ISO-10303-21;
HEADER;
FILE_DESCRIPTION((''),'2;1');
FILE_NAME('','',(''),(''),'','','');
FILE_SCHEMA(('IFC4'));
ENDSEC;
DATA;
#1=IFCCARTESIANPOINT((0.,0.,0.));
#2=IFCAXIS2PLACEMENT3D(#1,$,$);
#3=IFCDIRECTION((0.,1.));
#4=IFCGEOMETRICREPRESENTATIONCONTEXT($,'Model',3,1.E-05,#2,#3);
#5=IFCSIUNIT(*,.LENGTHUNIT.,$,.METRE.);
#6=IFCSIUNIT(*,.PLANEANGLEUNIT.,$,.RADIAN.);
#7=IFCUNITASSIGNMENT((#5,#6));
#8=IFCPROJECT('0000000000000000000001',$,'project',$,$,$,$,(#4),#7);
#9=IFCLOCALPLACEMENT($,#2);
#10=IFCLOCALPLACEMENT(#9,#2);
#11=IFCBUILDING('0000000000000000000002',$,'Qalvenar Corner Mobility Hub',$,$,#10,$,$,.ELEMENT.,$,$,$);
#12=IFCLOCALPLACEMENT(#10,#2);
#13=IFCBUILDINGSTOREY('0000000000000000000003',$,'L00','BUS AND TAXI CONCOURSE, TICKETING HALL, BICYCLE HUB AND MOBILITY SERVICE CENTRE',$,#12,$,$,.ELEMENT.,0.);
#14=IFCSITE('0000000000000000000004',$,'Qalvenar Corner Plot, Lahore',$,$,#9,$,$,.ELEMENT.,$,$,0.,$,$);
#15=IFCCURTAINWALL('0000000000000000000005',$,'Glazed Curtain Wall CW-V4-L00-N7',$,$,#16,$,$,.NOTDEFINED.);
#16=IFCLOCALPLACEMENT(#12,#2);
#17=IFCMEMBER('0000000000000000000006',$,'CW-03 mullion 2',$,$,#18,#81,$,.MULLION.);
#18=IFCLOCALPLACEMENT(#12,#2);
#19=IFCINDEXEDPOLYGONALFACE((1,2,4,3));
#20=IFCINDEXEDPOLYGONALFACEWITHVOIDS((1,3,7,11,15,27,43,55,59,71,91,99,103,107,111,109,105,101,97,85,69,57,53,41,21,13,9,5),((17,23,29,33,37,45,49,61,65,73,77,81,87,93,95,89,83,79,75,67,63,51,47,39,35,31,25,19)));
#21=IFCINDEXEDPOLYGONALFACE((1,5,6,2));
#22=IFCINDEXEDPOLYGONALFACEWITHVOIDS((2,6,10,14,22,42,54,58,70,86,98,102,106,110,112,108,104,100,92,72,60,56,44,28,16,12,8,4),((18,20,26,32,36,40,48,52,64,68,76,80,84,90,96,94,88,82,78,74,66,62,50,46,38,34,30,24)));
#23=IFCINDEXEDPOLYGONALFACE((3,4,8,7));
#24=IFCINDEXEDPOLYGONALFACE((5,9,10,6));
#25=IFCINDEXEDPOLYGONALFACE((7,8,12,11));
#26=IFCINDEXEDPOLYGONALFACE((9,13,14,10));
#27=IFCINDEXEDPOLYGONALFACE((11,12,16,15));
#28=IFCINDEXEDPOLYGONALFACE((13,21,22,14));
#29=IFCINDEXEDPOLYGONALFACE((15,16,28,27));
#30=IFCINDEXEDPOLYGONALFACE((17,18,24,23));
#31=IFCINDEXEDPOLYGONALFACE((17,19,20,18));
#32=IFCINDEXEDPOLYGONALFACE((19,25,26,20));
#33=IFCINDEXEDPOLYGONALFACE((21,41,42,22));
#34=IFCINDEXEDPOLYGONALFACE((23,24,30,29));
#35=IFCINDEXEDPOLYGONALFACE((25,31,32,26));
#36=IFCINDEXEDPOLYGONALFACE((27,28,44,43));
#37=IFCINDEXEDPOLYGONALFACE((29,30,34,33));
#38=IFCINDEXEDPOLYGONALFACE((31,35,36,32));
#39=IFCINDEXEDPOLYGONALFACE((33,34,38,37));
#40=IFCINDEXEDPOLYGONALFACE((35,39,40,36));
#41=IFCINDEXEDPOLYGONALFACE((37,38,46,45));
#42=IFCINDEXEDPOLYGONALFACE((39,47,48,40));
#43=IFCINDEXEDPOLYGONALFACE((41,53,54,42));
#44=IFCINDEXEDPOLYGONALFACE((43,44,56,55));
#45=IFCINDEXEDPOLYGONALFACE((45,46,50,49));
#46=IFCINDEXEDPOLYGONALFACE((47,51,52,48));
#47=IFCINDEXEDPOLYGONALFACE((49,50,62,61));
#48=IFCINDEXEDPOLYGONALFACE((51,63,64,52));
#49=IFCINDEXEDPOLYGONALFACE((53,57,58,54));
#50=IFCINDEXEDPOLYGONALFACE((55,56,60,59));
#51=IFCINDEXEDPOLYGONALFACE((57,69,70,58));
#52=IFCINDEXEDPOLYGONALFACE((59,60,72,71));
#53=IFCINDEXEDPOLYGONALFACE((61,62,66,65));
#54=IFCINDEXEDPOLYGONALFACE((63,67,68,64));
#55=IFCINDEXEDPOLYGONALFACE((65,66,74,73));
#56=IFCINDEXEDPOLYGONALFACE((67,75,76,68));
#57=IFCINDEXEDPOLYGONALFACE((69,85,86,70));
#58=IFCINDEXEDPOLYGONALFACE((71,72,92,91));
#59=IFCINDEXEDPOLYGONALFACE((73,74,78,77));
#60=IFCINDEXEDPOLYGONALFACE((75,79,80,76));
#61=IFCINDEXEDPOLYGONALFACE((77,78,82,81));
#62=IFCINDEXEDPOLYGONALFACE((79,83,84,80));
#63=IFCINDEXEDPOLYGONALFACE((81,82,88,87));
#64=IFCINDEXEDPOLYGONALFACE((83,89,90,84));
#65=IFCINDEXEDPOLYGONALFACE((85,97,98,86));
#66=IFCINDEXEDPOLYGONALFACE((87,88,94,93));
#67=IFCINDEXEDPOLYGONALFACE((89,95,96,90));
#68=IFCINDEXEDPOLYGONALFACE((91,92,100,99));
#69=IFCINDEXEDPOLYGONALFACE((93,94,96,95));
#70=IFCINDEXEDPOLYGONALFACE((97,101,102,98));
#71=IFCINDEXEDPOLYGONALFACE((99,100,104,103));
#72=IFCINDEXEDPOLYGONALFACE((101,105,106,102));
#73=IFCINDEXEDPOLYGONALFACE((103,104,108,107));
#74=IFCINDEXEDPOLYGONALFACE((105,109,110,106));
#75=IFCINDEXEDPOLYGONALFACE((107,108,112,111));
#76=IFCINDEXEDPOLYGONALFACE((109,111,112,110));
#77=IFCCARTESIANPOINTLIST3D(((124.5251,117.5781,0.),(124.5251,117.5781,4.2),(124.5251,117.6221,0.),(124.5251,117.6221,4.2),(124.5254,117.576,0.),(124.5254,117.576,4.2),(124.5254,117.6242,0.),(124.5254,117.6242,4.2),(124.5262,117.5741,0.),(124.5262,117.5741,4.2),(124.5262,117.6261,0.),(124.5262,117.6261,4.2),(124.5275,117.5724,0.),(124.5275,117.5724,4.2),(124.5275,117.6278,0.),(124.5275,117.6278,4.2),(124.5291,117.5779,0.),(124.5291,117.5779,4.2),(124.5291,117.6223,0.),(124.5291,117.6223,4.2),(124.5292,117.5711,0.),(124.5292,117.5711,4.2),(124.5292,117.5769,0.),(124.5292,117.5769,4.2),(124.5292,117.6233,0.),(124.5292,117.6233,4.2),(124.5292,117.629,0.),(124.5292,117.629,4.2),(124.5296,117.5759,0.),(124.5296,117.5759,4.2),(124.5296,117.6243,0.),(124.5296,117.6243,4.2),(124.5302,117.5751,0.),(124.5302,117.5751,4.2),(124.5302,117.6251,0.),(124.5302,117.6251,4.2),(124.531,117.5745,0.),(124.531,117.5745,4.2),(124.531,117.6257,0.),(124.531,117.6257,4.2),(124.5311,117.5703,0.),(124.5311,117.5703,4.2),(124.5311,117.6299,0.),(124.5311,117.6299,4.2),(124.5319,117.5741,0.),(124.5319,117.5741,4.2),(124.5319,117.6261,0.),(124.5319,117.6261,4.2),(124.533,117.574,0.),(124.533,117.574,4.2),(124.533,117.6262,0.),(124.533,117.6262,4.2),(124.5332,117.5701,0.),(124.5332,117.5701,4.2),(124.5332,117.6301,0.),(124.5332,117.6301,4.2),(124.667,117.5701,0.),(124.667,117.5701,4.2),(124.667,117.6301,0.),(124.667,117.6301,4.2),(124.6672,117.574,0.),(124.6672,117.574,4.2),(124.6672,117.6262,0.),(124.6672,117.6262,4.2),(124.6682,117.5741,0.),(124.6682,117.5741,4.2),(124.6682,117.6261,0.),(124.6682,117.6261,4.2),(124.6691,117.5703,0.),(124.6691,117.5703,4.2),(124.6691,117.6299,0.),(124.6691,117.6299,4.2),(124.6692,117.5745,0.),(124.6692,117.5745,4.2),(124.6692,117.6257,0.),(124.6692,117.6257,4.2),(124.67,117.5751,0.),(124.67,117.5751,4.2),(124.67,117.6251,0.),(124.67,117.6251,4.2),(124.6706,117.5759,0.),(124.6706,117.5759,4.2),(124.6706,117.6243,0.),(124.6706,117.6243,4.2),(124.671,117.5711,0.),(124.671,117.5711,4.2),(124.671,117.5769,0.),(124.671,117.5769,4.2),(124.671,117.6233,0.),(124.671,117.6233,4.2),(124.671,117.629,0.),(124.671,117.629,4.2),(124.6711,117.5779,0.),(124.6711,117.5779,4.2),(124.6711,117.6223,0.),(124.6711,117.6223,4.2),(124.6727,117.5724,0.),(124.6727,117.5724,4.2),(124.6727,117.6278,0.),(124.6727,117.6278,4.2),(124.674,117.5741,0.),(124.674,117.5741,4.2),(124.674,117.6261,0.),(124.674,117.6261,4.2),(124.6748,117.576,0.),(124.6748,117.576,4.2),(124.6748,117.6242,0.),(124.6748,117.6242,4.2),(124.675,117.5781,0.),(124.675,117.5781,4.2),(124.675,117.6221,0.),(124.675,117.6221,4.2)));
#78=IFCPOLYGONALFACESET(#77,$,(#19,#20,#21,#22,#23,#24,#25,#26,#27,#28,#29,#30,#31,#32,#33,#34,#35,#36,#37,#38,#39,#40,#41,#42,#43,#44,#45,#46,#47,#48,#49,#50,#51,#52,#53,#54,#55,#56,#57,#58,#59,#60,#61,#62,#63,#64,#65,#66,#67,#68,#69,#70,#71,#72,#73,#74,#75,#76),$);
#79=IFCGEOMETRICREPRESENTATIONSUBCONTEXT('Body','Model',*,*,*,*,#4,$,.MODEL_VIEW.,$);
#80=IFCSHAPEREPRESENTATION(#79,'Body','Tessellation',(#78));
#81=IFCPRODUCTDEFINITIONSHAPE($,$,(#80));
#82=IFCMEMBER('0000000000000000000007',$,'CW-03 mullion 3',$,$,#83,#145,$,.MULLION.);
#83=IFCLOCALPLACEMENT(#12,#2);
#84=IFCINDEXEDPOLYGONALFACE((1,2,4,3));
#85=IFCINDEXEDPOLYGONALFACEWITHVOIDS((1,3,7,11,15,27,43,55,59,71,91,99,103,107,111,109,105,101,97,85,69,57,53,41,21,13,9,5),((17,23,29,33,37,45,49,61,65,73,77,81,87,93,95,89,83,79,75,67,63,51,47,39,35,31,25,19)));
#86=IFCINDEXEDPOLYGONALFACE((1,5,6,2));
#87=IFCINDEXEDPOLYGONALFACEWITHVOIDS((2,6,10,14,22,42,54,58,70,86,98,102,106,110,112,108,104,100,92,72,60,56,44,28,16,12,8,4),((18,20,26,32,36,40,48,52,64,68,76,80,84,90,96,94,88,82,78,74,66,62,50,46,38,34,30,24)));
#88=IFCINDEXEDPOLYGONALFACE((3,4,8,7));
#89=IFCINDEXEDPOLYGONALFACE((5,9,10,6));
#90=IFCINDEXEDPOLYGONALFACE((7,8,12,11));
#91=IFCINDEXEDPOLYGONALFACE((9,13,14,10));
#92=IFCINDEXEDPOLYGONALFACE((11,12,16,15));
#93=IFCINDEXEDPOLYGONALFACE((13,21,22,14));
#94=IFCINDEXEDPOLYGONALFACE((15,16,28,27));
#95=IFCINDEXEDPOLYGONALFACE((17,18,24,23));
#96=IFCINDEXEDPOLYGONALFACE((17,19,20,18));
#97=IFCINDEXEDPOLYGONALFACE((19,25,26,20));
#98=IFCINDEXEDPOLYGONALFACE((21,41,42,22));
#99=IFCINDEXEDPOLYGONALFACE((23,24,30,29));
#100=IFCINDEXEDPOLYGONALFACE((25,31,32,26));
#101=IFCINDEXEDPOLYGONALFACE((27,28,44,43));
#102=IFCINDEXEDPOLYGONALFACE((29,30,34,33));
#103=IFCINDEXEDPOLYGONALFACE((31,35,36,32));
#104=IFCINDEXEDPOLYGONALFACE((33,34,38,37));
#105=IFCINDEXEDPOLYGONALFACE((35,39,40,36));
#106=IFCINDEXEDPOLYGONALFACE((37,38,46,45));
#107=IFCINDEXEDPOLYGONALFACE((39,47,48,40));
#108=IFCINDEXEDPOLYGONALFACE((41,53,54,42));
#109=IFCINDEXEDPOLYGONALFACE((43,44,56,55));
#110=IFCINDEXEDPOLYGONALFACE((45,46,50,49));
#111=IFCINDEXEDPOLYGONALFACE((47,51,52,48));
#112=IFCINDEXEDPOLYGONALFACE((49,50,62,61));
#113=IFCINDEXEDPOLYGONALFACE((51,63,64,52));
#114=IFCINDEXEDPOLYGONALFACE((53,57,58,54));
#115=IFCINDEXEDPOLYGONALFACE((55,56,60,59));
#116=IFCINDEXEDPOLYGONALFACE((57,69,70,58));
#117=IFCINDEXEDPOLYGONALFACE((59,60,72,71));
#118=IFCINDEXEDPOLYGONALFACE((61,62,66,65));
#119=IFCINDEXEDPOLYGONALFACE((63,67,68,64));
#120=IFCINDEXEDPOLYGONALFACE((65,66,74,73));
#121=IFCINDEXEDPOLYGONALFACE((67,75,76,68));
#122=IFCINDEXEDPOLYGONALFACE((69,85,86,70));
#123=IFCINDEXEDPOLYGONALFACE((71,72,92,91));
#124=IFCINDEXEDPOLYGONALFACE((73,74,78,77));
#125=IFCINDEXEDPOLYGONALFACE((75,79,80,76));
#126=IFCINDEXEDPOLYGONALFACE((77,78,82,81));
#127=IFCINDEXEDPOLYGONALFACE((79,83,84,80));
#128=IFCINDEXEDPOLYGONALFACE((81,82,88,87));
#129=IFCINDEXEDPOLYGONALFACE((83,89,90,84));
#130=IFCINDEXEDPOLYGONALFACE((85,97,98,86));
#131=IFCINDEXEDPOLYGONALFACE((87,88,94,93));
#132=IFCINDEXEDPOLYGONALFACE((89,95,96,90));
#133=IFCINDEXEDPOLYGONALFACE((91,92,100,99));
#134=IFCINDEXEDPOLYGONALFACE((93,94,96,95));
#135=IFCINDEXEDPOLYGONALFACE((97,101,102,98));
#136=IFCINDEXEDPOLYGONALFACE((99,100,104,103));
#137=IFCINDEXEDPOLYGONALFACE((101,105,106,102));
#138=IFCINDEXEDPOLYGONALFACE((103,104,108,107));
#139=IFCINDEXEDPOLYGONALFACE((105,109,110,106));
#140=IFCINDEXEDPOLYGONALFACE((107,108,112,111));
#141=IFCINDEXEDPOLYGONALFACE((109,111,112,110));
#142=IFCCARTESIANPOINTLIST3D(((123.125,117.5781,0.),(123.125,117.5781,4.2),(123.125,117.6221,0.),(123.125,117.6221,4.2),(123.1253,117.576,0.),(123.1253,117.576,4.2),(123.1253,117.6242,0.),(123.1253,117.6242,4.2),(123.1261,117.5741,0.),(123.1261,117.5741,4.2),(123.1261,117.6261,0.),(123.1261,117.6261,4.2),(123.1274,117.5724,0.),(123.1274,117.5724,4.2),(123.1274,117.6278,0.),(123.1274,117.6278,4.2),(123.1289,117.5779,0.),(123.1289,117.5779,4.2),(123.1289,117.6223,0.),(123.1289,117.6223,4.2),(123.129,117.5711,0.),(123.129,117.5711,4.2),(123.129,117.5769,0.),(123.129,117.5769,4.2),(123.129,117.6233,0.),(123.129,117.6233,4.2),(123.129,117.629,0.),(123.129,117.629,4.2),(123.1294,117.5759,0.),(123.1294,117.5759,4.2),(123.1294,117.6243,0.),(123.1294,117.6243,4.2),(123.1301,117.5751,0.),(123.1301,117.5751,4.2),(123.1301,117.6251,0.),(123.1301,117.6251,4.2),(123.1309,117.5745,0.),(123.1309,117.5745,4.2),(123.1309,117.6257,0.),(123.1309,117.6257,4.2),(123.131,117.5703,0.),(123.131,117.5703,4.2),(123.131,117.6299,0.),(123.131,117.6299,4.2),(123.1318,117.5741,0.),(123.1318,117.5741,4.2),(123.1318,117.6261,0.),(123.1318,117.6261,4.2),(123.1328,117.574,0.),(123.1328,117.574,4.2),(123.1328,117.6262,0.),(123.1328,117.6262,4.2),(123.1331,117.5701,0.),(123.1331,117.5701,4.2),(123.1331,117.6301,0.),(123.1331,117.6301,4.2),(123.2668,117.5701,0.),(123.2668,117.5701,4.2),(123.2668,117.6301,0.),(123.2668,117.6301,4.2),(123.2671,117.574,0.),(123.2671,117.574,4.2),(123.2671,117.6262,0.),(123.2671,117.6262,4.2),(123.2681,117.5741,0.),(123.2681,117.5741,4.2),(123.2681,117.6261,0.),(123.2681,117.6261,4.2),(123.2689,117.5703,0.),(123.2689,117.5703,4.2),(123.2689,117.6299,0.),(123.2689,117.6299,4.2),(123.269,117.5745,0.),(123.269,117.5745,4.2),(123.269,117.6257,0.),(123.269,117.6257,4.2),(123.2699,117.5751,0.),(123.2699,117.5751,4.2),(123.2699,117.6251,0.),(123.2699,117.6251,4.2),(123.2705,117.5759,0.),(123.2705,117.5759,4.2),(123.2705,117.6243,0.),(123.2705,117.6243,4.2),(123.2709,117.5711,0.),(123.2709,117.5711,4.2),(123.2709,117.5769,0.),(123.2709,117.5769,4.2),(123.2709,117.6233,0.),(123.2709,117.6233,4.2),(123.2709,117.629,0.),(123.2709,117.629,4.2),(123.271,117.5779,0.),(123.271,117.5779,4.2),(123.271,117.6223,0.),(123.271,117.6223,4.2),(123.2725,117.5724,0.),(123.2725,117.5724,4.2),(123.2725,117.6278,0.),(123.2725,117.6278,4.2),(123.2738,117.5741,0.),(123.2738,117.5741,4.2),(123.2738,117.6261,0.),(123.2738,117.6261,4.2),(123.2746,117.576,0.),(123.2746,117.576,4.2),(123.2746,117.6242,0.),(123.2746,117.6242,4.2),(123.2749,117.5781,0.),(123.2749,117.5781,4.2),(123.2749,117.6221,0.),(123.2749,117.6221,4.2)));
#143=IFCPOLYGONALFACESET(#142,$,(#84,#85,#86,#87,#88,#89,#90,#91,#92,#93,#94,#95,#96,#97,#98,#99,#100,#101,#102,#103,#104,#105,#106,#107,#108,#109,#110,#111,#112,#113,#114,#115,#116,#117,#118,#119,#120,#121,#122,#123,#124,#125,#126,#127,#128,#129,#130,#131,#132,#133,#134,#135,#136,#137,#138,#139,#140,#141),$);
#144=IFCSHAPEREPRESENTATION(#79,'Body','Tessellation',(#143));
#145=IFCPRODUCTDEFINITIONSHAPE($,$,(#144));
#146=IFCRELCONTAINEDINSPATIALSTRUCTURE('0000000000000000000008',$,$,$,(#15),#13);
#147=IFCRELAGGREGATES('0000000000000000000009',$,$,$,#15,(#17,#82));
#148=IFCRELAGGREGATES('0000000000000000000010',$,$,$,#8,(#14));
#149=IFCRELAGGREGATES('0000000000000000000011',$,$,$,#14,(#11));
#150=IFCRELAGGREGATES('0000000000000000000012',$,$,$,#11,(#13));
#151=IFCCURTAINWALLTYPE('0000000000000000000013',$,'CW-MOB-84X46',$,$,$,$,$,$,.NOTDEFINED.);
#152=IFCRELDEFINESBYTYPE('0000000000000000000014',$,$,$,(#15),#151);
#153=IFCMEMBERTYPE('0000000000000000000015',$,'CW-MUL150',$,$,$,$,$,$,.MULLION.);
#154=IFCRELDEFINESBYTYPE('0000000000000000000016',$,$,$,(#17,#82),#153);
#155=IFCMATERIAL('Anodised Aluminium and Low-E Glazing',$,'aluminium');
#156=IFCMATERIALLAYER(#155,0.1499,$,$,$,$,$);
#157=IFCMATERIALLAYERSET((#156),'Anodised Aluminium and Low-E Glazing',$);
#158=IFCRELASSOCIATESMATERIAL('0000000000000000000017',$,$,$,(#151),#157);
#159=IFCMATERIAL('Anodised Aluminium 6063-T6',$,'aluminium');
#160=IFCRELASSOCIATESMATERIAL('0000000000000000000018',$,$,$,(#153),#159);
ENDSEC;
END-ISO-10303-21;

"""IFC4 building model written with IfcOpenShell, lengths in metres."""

from ifc_helpers import new_model, si_unit, direction, frame, origin, origin_2d, place, context, subcontext, project, spatial, hollow_rectangle, extrude, material, layer, layer_set, material_profile, profile_set, type_object, element, aggregate, save


model = new_model("IFC4")

# Units and contexts
model_context = context("Model", 3, precision=1e-05, world=origin(), true_north=direction((0.0, 1.0)))
body_context = subcontext(model_context, "Body", "Model", "MODEL_VIEW")
ifc_project = project(units=[si_unit("LENGTHUNIT", "METRE"), si_unit("PLANEANGLEUNIT", "RADIAN")], contexts=[model_context])

# Site, building, storey
site_placement = place(None, origin())
site = spatial("IfcSite", under=ifc_project, at=site_placement, Name="Qalvenar Corner Plot, Lahore", CompositionType="ELEMENT", RefElevation=0.0)
building_placement = place(site_placement, origin())
building = spatial("IfcBuilding", under=site, at=building_placement, Name="Qalvenar Corner Mobility Hub", CompositionType="ELEMENT")
storey_placement = place(building_placement, origin())
storey = spatial("IfcBuildingStorey", under=building, at=storey_placement, Name="L00", Description="BUS AND TAXI CONCOURSE, TICKETING HALL, BICYCLE HUB AND MOBILITY SERVICE CENTRE", CompositionType="ELEMENT", Elevation=0.0)

# Curtain wall, members
ifc_material_1 = material(Name="Anodised Aluminium and Low-E Glazing", Category="aluminium")
ifc_layer_1 = layer(ifc_material_1, 0.1499)
ifc_layer_set_1 = layer_set([ifc_layer_1], Name="Anodised Aluminium and Low-E Glazing")
curtain_wall_type = type_object("IfcCurtainWallType", Name="CW-MOB-84X46", PredefinedType="NOTDEFINED", material=ifc_layer_set_1)
curtain_wall_placement = place(storey_placement, origin())
curtain_wall = element("IfcCurtainWall", 1, at=curtain_wall_placement, inside=storey, type_object=curtain_wall_type, Name="Glazed Curtain Wall CW-V4-L00-N7", PredefinedType="NOTDEFINED")
ifc_material_2 = material(Name="Anodised Aluminium 6063-T6", Category="aluminium")
ifc_material_profile_1 = material_profile(ifc_material_2, hollow_rectangle(XDim=0.0601, YDim=0.1499, WallThickness=0.0039, InnerFilletRadius=0.0039, OuterFilletRadius=0.0081, at=origin_2d()), Name="RHS150x60x4")
ifc_profile_set_1 = profile_set([ifc_material_profile_1], Name="Anodised Aluminium 6063-T6")
member_type_1 = type_object("IfcMemberType", Name="CW-MUL150", PredefinedType="MULLION", material=ifc_profile_set_1)
member_1_placement = place(storey_placement, frame((124.6001, 117.6001, 0.0), z_axis=(0.0, 0.0, 1.0), x_axis=(0.0, -1.0, 0.0)))
member_1 = element("IfcMember", 2, at=member_1_placement, type_object=member_type_1, Name="CW-03 mullion 2", PredefinedType="MULLION", context=body_context, shape_type="SweptSolid", body=[
    extrude(hollow_rectangle(XDim=0.0601, YDim=0.1499, WallThickness=0.0039, InnerFilletRadius=0.0039, OuterFilletRadius=0.0081, at=origin_2d()), origin(), (0.0, 0.0, 1.0), 4.2),
])
member_2_placement = place(storey_placement, frame((123.2, 117.6001, 0.0), z_axis=(0.0, 0.0, 1.0), x_axis=(0.0, -1.0, 0.0)))
member_2 = element("IfcMember", 3, at=member_2_placement, type_object=member_type_1, Name="CW-03 mullion 3", PredefinedType="MULLION", context=body_context, shape_type="SweptSolid", body=[
    extrude(hollow_rectangle(XDim=0.0601, YDim=0.1499, WallThickness=0.0039, InnerFilletRadius=0.0039, OuterFilletRadius=0.0081, at=origin_2d()), origin(), (0.0, 0.0, 1.0), 4.2),
])
aggregate(curtain_wall, [member_1, member_2])

save(model, "model.ifc")
